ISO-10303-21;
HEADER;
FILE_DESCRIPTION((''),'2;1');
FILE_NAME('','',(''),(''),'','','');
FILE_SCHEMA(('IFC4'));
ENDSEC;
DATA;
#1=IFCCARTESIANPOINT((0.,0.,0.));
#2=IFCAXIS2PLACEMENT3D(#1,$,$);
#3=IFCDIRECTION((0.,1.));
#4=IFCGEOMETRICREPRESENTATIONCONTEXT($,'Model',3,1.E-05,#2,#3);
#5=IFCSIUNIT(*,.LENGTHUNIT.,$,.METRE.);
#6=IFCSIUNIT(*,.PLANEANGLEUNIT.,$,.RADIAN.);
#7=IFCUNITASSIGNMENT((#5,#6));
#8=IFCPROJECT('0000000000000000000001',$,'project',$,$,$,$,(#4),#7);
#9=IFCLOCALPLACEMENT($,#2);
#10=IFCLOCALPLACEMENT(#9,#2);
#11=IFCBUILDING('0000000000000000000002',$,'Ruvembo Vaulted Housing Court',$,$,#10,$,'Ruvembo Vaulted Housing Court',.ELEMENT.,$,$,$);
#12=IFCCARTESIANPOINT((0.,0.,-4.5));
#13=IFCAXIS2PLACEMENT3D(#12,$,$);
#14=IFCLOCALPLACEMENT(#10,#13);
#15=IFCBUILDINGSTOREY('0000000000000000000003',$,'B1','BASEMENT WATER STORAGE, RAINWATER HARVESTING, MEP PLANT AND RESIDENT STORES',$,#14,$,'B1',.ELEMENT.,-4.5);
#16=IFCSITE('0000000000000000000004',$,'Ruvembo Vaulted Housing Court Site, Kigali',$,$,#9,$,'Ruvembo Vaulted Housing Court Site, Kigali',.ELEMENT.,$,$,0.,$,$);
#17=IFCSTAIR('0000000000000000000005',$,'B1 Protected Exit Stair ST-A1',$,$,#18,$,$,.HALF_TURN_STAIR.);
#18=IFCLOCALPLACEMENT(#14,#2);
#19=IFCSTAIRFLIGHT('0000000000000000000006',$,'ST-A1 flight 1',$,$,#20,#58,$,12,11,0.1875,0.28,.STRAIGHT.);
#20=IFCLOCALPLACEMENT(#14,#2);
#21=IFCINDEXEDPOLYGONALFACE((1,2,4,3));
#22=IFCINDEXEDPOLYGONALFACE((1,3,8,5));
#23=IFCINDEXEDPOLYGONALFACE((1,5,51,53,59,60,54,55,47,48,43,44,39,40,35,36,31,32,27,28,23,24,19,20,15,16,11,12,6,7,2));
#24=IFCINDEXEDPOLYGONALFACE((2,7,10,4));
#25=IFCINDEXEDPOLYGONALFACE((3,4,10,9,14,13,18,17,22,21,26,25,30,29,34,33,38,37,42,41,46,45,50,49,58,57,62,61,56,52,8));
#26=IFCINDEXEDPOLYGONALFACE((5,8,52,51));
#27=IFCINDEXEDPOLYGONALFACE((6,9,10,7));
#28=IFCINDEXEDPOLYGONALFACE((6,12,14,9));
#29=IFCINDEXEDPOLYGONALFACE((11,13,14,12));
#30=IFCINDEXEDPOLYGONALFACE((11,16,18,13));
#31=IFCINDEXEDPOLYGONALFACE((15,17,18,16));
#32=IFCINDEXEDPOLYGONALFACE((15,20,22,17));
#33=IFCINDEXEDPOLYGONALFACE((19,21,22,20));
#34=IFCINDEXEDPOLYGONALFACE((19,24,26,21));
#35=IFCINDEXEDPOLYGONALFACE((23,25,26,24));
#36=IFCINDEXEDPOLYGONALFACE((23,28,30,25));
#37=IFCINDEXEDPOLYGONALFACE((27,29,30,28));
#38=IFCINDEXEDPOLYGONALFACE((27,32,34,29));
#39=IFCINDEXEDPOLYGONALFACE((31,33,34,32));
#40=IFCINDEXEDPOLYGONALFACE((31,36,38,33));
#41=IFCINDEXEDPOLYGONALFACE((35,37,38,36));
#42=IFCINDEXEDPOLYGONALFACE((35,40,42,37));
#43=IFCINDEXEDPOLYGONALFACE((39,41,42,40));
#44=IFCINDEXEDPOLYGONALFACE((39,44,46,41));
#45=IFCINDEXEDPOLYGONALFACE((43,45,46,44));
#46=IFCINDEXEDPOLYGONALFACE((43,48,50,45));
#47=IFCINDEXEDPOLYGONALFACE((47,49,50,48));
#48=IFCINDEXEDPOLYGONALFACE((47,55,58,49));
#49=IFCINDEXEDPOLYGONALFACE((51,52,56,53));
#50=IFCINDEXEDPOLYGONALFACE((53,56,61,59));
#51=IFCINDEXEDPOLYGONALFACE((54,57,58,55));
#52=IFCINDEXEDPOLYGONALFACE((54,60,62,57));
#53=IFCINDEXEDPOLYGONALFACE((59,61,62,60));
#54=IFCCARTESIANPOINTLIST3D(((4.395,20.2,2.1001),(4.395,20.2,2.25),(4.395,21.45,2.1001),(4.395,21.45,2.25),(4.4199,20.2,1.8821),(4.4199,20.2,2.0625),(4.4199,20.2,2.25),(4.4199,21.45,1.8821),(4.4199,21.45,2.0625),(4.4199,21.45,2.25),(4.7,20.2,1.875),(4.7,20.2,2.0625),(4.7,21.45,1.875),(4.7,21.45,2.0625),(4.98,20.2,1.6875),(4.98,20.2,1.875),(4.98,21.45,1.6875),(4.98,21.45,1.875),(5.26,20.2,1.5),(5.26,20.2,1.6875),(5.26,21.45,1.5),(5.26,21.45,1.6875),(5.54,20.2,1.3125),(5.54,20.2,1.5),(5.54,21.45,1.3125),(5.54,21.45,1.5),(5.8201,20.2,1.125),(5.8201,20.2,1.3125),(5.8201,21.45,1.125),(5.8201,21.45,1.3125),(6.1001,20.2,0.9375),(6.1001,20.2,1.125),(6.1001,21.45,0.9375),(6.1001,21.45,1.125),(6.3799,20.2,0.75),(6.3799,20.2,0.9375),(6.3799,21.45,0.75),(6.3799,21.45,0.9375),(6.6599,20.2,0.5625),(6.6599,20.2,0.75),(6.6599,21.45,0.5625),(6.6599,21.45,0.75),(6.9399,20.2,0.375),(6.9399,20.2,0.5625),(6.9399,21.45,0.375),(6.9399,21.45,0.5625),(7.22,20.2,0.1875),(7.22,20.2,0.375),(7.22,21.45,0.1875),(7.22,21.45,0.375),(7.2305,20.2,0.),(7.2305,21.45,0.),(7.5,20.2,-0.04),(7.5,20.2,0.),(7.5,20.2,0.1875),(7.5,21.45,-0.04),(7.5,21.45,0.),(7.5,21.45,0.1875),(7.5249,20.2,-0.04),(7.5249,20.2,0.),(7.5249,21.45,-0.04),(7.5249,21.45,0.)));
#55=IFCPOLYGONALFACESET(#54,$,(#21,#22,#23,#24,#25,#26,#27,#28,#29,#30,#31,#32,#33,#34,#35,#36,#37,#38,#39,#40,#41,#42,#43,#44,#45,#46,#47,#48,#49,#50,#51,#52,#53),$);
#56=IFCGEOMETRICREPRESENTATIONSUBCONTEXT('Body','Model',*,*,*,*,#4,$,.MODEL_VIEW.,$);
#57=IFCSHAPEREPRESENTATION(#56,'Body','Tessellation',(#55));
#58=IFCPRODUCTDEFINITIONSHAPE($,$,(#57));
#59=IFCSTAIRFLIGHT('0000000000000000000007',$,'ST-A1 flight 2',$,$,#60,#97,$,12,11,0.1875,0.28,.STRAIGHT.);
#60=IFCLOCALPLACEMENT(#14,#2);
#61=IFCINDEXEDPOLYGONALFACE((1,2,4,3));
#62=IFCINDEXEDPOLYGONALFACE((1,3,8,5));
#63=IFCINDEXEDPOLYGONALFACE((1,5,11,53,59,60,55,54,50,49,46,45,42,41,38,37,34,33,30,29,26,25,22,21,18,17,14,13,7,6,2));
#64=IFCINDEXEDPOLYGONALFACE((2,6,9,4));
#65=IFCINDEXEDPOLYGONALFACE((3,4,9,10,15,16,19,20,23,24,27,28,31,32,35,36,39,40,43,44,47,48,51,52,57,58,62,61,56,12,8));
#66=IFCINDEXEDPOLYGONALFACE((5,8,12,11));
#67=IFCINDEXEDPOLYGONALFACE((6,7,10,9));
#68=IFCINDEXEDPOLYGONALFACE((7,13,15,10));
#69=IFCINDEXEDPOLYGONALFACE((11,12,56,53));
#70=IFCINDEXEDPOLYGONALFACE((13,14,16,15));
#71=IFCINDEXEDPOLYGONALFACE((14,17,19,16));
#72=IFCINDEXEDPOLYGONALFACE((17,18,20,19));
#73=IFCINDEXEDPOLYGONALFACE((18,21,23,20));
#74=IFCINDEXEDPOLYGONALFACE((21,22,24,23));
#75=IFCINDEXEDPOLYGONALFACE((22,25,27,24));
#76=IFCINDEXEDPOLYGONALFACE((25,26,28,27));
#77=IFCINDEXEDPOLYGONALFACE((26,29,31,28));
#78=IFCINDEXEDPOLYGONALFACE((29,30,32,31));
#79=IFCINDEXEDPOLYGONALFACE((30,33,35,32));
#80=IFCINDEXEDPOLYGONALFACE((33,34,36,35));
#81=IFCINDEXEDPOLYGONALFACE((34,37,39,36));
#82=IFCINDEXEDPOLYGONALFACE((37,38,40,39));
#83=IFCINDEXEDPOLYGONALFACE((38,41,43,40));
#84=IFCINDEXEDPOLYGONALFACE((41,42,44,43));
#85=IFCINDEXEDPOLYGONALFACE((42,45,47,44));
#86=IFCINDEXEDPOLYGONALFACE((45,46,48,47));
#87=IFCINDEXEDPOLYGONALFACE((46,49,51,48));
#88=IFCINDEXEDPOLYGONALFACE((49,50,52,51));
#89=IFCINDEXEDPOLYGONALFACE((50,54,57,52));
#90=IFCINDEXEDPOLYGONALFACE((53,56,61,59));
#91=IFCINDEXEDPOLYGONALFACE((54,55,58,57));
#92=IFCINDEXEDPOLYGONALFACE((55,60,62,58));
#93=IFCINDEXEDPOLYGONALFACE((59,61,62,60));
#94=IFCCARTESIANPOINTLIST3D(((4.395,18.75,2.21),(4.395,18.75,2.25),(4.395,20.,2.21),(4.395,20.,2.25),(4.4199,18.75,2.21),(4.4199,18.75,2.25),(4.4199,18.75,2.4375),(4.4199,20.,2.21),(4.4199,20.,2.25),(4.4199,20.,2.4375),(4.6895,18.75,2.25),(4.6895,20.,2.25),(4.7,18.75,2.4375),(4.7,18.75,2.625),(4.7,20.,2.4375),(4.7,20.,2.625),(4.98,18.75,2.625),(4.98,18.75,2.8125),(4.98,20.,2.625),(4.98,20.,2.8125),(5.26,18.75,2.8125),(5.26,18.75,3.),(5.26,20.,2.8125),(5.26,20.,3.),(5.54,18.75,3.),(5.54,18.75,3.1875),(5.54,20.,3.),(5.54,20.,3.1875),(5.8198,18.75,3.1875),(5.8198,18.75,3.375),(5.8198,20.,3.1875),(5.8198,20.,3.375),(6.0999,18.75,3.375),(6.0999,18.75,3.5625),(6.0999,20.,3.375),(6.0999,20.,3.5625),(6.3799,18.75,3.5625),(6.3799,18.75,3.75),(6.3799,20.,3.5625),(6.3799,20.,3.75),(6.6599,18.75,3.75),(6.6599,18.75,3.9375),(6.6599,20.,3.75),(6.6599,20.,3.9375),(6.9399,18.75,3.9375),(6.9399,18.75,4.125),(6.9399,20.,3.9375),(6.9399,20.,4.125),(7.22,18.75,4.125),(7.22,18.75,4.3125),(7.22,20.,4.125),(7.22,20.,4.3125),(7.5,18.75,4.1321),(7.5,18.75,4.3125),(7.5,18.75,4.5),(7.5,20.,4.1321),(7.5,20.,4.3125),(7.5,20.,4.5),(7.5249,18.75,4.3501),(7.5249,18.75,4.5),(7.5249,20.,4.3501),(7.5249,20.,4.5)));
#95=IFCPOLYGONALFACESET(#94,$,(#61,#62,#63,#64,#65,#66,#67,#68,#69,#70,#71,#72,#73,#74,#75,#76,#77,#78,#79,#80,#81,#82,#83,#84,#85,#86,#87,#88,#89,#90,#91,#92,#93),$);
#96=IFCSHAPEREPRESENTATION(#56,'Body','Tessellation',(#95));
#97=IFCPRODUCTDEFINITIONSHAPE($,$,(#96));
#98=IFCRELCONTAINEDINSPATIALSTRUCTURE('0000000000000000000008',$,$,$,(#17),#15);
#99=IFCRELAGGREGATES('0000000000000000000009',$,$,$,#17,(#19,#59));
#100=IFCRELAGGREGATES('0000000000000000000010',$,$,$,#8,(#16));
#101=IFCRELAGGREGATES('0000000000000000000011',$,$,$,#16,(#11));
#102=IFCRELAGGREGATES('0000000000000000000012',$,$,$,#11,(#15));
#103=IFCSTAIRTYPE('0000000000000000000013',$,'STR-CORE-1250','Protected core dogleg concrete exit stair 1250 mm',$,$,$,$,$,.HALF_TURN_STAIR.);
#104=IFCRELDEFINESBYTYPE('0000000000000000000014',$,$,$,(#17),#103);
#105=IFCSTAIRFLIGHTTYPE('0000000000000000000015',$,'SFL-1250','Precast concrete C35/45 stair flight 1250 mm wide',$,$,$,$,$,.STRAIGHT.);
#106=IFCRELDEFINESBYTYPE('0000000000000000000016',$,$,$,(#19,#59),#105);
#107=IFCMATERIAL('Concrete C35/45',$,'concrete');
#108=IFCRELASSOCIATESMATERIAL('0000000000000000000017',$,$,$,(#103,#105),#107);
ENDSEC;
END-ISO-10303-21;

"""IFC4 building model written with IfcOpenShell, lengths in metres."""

from ifc_helpers import new_model, si_unit, direction, frame, origin, place, context, subcontext, project, spatial, polyline, outline, extrude, material, type_object, element, aggregate, save


model = new_model("IFC4")

# Units and contexts
model_context = context("Model", 3, precision=1e-05, world=origin(), true_north=direction((0.0, 1.0)))
body_context = subcontext(model_context, "Body", "Model", "MODEL_VIEW")
ifc_project = project(units=[si_unit("LENGTHUNIT", "METRE"), si_unit("PLANEANGLEUNIT", "RADIAN")], contexts=[model_context])

# Site, building, storey
site_placement = place(None, origin())
site = spatial("IfcSite", under=ifc_project, at=site_placement, Name="Ruvembo Vaulted Housing Court Site, Kigali", LongName="Ruvembo Vaulted Housing Court Site, Kigali", CompositionType="ELEMENT", RefElevation=0.0)
building_placement = place(site_placement, origin())
building = spatial("IfcBuilding", under=site, at=building_placement, Name="Ruvembo Vaulted Housing Court", LongName="Ruvembo Vaulted Housing Court", CompositionType="ELEMENT")
storey_placement = place(building_placement, frame((0.0, 0.0, -4.5)))
storey = spatial("IfcBuildingStorey", under=building, at=storey_placement, Name="B1", Description="BASEMENT WATER STORAGE, RAINWATER HARVESTING, MEP PLANT AND RESIDENT STORES", LongName="B1", CompositionType="ELEMENT", Elevation=-4.5)

# Shared definitions
ifc_material_1 = material(Name="Concrete C35/45", Category="concrete")

# Stair, stair flights
stair_type = type_object("IfcStairType", Name="STR-CORE-1250", Description="Protected core dogleg concrete exit stair 1250 mm", PredefinedType="HALF_TURN_STAIR", material=ifc_material_1)
stair_placement = place(storey_placement, origin())
stair = element("IfcStair", 1, at=stair_placement, inside=storey, type_object=stair_type, Name="B1 Protected Exit Stair ST-A1", PredefinedType="HALF_TURN_STAIR")
stair_flight_type = type_object("IfcStairFlightType", Name="SFL-1250", Description="Precast concrete C35/45 stair flight 1250 mm wide", PredefinedType="STRAIGHT", material=ifc_material_1)
stair_flight_1_placement = place(storey_placement, frame((7.5, 20.825, 0.0), z_axis=(0.0, 0.0, 1.0), x_axis=(-1.0, 0.0, 0.0)))
stair_flight_1 = element("IfcStairFlight", 2, at=stair_flight_1_placement, type_object=stair_flight_type, Name="ST-A1 flight 1", NumberOfRisers=12, NumberOfTreads=11, PredefinedType="STRAIGHT", RiserHeight=0.1875, TreadLength=0.28, context=body_context, shape_type="SweptSolid", body=[
    extrude(outline(polyline([(-0.0249, -0.04), (-0.0249, 0.0), (0.0, 0.0), (0.0, 0.1875), (0.28, 0.1875), (0.28, 0.375), (0.5601, 0.375), (0.5601, 0.5625), (0.8401, 0.5625), (0.8401, 0.75), (1.1201, 0.75), (1.1201, 0.9375), (1.3999, 0.9375), (1.3999, 1.125), (1.6799, 1.125), (1.6799, 1.3125), (1.96, 1.3125), (1.96, 1.5), (2.24, 1.5), (2.24, 1.6875), (2.52, 1.6875), (2.52, 1.875), (2.8, 1.875), (2.8, 2.0625), (3.0801, 2.0625), (3.0801, 2.25), (3.105, 2.25), (3.105, 2.1001), (3.0801, 1.8821), (0.2695, 0.0), (0.0, -0.04), (-0.0249, -0.04)])), frame((0.0, 0.625, 0.0), z_axis=(0.0, -1.0, 0.0), x_axis=(1.0, 0.0, 0.0)), (0.0, 0.0, 1.0), 1.25),
])
stair_flight_2_placement = place(storey_placement, frame((4.4199, 19.375, 2.25), z_axis=(0.0, 0.0, 1.0), x_axis=(1.0, 0.0, 0.0)))
stair_flight_2 = element("IfcStairFlight", 3, at=stair_flight_2_placement, type_object=stair_flight_type, Name="ST-A1 flight 2", NumberOfRisers=12, NumberOfTreads=11, PredefinedType="STRAIGHT", RiserHeight=0.1875, TreadLength=0.28, context=body_context, shape_type="SweptSolid", body=[
    extrude(outline(polyline([(-0.0249, -0.04), (-0.0249, 0.0), (0.0, 0.0), (0.0, 0.1875), (0.28, 0.1875), (0.28, 0.375), (0.5601, 0.375), (0.5601, 0.5625), (0.8401, 0.5625), (0.8401, 0.75), (1.1201, 0.75), (1.1201, 0.9375), (1.3999, 0.9375), (1.3999, 1.125), (1.6799, 1.125), (1.6799, 1.3125), (1.96, 1.3125), (1.96, 1.5), (2.24, 1.5), (2.24, 1.6875), (2.52, 1.6875), (2.52, 1.875), (2.8, 1.875), (2.8, 2.0625), (3.0801, 2.0625), (3.0801, 2.25), (3.105, 2.25), (3.105, 2.1001), (3.0801, 1.8821), (0.2695, 0.0), (0.0, -0.04), (-0.0249, -0.04)])), frame((0.0, 0.625, 0.0), z_axis=(0.0, -1.0, 0.0), x_axis=(1.0, 0.0, 0.0)), (0.0, 0.0, 1.0), 1.25),
])
aggregate(stair, [stair_flight_1, stair_flight_2])

save(model, "model.ifc")
